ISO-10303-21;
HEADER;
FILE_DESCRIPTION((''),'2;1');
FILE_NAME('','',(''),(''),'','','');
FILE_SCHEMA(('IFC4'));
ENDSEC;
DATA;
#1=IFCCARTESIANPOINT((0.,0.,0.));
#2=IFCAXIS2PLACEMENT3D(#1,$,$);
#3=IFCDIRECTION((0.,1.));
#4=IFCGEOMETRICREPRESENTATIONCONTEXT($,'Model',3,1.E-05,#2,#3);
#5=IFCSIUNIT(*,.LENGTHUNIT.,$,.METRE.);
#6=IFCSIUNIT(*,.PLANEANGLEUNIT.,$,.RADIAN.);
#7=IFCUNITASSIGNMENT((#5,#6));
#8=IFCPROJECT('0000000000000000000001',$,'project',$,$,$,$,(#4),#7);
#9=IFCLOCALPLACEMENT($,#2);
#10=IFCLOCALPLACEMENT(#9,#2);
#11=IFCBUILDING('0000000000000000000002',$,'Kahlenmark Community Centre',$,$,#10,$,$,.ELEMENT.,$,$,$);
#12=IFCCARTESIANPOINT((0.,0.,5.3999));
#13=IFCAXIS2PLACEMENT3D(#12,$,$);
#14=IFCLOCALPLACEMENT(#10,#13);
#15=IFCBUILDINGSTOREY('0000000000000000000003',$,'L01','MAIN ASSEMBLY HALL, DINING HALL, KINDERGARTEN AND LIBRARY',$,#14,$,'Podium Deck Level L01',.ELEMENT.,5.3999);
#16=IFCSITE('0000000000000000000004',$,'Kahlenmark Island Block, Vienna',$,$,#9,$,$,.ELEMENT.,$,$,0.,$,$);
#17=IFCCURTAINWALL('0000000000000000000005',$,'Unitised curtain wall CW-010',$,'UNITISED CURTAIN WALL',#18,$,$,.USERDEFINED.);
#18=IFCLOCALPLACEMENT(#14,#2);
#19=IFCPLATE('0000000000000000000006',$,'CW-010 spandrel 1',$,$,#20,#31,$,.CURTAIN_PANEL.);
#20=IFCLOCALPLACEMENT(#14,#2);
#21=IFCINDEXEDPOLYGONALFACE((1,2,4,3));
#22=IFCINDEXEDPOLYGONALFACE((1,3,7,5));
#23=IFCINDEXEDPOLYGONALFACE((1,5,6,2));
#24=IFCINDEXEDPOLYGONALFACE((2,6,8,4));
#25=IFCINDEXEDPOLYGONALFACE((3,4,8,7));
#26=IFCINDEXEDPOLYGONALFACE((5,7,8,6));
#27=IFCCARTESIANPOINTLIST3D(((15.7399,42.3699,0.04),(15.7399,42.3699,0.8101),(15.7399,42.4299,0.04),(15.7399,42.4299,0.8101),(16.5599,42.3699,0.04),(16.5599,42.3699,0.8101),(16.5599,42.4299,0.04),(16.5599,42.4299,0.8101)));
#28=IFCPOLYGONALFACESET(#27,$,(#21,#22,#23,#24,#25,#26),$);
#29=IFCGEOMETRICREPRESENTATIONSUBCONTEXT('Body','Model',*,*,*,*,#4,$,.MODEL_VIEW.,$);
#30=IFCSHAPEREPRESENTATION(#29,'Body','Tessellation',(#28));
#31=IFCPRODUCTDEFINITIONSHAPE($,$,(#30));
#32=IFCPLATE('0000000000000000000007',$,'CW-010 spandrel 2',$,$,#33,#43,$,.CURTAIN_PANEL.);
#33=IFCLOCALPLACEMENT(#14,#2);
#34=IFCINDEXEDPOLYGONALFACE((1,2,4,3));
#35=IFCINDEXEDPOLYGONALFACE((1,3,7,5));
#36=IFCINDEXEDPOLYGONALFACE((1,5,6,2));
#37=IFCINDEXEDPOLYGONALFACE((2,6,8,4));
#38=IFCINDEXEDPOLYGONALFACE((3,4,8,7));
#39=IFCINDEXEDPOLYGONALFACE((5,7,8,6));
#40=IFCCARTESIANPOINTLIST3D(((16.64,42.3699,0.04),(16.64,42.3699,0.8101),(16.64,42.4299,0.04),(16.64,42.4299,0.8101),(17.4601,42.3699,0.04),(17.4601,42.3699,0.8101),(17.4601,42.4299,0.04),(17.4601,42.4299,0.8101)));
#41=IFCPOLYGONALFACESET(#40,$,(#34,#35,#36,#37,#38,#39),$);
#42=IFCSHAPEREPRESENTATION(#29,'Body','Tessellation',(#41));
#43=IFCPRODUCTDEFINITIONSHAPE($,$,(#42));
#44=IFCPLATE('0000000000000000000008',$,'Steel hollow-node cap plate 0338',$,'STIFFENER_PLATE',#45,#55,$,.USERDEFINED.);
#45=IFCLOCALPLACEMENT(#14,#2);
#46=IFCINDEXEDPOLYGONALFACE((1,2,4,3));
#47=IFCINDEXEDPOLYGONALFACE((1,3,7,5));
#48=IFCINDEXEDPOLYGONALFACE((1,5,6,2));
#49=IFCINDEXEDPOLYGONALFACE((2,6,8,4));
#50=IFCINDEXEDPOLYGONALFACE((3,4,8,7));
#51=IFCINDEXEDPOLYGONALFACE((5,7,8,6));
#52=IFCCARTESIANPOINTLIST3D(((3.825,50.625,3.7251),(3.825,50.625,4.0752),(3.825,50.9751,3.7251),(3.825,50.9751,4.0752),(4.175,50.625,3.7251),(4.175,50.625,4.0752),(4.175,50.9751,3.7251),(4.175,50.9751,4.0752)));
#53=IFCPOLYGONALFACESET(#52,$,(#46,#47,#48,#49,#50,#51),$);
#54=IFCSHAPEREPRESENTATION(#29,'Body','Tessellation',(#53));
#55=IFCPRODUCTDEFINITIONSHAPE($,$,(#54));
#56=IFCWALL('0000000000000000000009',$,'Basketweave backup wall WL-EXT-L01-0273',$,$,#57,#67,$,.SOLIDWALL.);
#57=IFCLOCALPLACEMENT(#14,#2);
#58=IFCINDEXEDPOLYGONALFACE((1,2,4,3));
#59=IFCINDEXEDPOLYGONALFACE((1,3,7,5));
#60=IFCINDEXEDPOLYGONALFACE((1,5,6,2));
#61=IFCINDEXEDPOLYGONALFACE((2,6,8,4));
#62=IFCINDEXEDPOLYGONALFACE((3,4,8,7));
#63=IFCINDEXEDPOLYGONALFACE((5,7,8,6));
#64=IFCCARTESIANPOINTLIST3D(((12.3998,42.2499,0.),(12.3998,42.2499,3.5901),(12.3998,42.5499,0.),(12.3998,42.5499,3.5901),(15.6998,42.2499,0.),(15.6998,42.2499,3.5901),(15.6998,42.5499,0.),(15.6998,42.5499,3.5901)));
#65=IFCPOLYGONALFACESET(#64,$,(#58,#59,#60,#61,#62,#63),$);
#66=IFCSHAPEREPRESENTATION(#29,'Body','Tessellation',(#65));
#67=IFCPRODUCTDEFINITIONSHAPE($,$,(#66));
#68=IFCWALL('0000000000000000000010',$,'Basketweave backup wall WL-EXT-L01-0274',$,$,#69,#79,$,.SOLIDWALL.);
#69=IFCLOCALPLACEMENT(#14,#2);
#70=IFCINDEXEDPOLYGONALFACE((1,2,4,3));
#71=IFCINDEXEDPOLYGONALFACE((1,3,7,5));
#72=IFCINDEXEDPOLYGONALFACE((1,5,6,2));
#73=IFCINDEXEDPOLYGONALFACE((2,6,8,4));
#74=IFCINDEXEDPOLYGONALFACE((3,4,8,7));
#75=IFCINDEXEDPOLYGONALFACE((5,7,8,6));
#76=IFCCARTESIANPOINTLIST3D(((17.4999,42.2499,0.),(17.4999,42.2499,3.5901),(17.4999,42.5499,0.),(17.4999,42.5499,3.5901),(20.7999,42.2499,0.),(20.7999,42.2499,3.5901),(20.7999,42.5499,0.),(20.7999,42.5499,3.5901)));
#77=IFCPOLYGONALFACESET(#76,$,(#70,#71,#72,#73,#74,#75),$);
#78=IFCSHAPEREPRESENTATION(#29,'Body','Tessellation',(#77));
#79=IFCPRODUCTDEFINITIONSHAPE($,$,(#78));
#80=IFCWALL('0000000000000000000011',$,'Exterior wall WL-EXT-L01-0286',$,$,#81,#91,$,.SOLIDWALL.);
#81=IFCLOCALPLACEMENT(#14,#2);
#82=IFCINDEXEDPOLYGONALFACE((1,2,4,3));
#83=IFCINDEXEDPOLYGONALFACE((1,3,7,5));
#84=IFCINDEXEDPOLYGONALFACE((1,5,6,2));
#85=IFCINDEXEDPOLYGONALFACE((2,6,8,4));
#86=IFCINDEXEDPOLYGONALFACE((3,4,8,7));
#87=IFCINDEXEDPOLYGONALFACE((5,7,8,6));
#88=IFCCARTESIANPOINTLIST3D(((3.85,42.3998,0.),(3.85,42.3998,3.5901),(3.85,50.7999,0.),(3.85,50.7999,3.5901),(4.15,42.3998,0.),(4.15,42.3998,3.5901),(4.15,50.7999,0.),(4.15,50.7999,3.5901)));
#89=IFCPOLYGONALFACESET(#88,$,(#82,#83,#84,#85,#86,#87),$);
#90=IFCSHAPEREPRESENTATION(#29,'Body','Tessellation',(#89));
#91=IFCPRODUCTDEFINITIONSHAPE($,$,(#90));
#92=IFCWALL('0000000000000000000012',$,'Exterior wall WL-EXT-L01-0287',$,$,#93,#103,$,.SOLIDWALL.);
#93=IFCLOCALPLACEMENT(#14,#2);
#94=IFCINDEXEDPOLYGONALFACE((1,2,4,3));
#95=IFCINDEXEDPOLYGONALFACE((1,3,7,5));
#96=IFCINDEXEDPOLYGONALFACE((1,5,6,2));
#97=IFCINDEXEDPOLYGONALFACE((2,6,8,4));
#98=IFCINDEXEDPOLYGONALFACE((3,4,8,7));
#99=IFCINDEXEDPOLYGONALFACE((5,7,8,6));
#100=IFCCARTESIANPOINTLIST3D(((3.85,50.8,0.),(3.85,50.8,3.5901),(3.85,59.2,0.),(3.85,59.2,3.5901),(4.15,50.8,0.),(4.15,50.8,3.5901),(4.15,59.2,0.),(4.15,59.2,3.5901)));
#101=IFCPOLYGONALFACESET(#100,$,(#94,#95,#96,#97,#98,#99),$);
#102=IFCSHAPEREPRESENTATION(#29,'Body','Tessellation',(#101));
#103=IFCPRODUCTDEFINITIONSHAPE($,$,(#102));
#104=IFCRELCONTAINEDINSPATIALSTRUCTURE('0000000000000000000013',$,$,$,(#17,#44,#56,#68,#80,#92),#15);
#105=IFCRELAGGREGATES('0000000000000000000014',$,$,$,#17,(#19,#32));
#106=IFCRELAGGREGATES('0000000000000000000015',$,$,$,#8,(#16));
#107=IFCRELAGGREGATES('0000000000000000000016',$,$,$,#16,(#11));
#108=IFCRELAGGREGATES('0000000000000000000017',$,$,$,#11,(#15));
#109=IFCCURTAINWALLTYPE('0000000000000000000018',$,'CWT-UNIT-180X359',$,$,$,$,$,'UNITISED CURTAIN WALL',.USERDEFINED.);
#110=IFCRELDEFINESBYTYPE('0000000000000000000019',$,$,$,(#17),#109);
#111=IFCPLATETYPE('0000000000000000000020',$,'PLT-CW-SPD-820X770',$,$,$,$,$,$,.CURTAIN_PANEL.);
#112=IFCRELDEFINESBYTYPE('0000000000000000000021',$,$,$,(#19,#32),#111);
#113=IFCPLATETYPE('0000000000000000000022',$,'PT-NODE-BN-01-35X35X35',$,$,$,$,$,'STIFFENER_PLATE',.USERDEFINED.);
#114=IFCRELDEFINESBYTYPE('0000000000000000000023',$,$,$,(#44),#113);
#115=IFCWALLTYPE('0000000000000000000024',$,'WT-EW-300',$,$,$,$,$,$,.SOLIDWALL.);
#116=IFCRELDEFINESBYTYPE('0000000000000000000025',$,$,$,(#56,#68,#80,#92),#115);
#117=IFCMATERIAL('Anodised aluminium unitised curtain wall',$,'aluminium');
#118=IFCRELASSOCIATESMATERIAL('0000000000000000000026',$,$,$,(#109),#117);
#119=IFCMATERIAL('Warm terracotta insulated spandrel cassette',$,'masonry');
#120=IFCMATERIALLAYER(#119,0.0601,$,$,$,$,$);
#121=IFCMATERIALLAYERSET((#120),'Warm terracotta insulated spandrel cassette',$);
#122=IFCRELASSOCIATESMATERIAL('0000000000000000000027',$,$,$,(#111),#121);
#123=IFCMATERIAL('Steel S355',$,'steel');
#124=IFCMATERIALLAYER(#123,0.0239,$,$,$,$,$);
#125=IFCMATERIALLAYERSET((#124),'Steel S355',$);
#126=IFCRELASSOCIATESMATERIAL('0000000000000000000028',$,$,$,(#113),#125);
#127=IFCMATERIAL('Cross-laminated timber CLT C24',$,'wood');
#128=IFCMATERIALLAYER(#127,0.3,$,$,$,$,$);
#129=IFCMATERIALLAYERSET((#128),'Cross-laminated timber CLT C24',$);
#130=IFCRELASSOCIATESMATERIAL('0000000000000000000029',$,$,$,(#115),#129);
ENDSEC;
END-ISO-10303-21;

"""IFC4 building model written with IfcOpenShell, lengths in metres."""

from ifc_helpers import new_model, si_unit, direction, frame, frame_2d, origin, origin_2d, place, context, subcontext, project, spatial, rectangle, extrude, material, layer, layer_set, type_object, element, aggregate, save


model = new_model("IFC4")

# Units and contexts
model_context = context("Model", 3, precision=1e-05, world=origin(), true_north=direction((0.0, 1.0)))
body_context = subcontext(model_context, "Body", "Model", "MODEL_VIEW")
ifc_project = project(units=[si_unit("LENGTHUNIT", "METRE"), si_unit("PLANEANGLEUNIT", "RADIAN")], contexts=[model_context])

# Site, building, storey
site_placement = place(None, origin())
site = spatial("IfcSite", under=ifc_project, at=site_placement, Name="Kahlenmark Island Block, Vienna", CompositionType="ELEMENT", RefElevation=0.0)
building_placement = place(site_placement, origin())
building = spatial("IfcBuilding", under=site, at=building_placement, Name="Kahlenmark Community Centre", CompositionType="ELEMENT")
storey_placement = place(building_placement, frame((0.0, 0.0, 5.3999)))
storey = spatial("IfcBuildingStorey", under=building, at=storey_placement, Name="L01", Description="MAIN ASSEMBLY HALL, DINING HALL, KINDERGARTEN AND LIBRARY", LongName="Podium Deck Level L01", CompositionType="ELEMENT", Elevation=5.3999)

# Curtain wall, plates
ifc_material_1 = material(Name="Anodised aluminium unitised curtain wall", Category="aluminium")
curtain_wall_type = type_object("IfcCurtainWallType", Name="CWT-UNIT-180X359", ElementType="UNITISED CURTAIN WALL", PredefinedType="USERDEFINED", material=ifc_material_1)
curtain_wall_placement = place(storey_placement, origin())
curtain_wall = element("IfcCurtainWall", 1, at=curtain_wall_placement, inside=storey, type_object=curtain_wall_type, Name="Unitised curtain wall CW-010", ObjectType="UNITISED CURTAIN WALL", PredefinedType="USERDEFINED")
ifc_material_2 = material(Name="Warm terracotta insulated spandrel cassette", Category="masonry")
ifc_layer_1 = layer(ifc_material_2, 0.0601)
ifc_layer_set_1 = layer_set([ifc_layer_1], Name="Warm terracotta insulated spandrel cassette")
plate_type_1 = type_object("IfcPlateType", Name="PLT-CW-SPD-820X770", PredefinedType="CURTAIN_PANEL", material=ifc_layer_set_1)
plate_1_placement = place(storey_placement, frame((16.1499, 42.3999, 0.04), z_axis=(0.0, 0.0, 1.0), x_axis=(1.0, 0.0, 0.0)))
plate_1 = element("IfcPlate", 2, at=plate_1_placement, type_object=plate_type_1, Name="CW-010 spandrel 1", PredefinedType="CURTAIN_PANEL", context=body_context, shape_type="SweptSolid", body=[
    extrude(rectangle(XDim=0.8201, YDim=0.0601, at=origin_2d()), origin(), (0.0, 0.0, 1.0), 0.77),
])
plate_2_placement = place(storey_placement, frame((17.05, 42.3999, 0.04), z_axis=(0.0, 0.0, 1.0), x_axis=(1.0, 0.0, 0.0)))
plate_2 = element("IfcPlate", 3, at=plate_2_placement, type_object=plate_type_1, Name="CW-010 spandrel 2", PredefinedType="CURTAIN_PANEL", context=body_context, shape_type="SweptSolid", body=[
    extrude(rectangle(XDim=0.8201, YDim=0.0601, at=origin_2d()), origin(), (0.0, 0.0, 1.0), 0.77),
])
aggregate(curtain_wall, [plate_1, plate_2])

# Plate
ifc_material_3 = material(Name="Steel S355", Category="steel")
ifc_layer_2 = layer(ifc_material_3, 0.0239)
ifc_layer_set_2 = layer_set([ifc_layer_2], Name="Steel S355")
plate_type_2 = type_object("IfcPlateType", Name="PT-NODE-BN-01-35X35X35", ElementType="STIFFENER_PLATE", PredefinedType="USERDEFINED", material=ifc_layer_set_2)
plate_3_placement = place(storey_placement, frame((4.0, 50.8, 3.7251), z_axis=(0.0, 0.0, 1.0), x_axis=(1.0, 0.0, 0.0)))
element("IfcPlate", 4, at=plate_3_placement, inside=storey, type_object=plate_type_2, Name="Steel hollow-node cap plate 0338", ObjectType="STIFFENER_PLATE", PredefinedType="USERDEFINED", context=body_context, shape_type="SweptSolid", body=[
    extrude(rectangle(XDim=0.3501, YDim=0.3501, at=origin_2d()), origin(), (0.0, 0.0, 1.0), 0.3501),
])

# Walls
ifc_material_4 = material(Name="Cross-laminated timber CLT C24", Category="wood")
ifc_layer_3 = layer(ifc_material_4, 0.3)
ifc_layer_set_3 = layer_set([ifc_layer_3], Name="Cross-laminated timber CLT C24")
wall_type = type_object("IfcWallType", Name="WT-EW-300", PredefinedType="SOLIDWALL", material=ifc_layer_set_3)
for number, where, z_axis, x_axis, name in (
    (5, (12.3999, 42.3999, 0.0), (0.0, 0.0, 1.0), (1.0, 0.0, 0.0), "Basketweave backup wall WL-EXT-L01-0273"),
    (6, (17.5, 42.3999, 0.0), (0.0, 0.0, 1.0), (1.0, 0.0, 0.0), "Basketweave backup wall WL-EXT-L01-0274"),
):
    element("IfcWall", number, at=place(storey_placement, frame(where, z_axis=z_axis, x_axis=x_axis)), inside=storey, type_object=wall_type, Name=name, PredefinedType="SOLIDWALL", context=body_context, shape_type="SweptSolid", body=[
        extrude(rectangle(XDim=3.3, YDim=0.3, at=frame_2d((1.6499, 0.0))), origin(), (0.0, 0.0, 1.0), 3.5901),
    ])
wall_1_placement = place(storey_placement, frame((4.0, 50.8, 0.0), z_axis=(0.0, 0.0, 1.0), x_axis=(0.0, -1.0, 0.0)))
element("IfcWall", 7, at=wall_1_placement, inside=storey, type_object=wall_type, Name="Exterior wall WL-EXT-L01-0286", PredefinedType="SOLIDWALL", context=body_context, shape_type="SweptSolid", body=[
    extrude(rectangle(XDim=8.4001, YDim=0.3, at=frame_2d((4.2002, 0.0))), origin(), (0.0, 0.0, 1.0), 3.5901),
])
wall_2_placement = place(storey_placement, frame((4.0, 59.2, 0.0), z_axis=(0.0, 0.0, 1.0), x_axis=(0.0, -1.0, 0.0)))
element("IfcWall", 8, at=wall_2_placement, inside=storey, type_object=wall_type, Name="Exterior wall WL-EXT-L01-0287", PredefinedType="SOLIDWALL", context=body_context, shape_type="SweptSolid", body=[
    extrude(rectangle(XDim=8.3999, YDim=0.3, at=frame_2d((4.2, 0.0))), origin(), (0.0, 0.0, 1.0), 3.5901),
])

save(model, "model.ifc")
